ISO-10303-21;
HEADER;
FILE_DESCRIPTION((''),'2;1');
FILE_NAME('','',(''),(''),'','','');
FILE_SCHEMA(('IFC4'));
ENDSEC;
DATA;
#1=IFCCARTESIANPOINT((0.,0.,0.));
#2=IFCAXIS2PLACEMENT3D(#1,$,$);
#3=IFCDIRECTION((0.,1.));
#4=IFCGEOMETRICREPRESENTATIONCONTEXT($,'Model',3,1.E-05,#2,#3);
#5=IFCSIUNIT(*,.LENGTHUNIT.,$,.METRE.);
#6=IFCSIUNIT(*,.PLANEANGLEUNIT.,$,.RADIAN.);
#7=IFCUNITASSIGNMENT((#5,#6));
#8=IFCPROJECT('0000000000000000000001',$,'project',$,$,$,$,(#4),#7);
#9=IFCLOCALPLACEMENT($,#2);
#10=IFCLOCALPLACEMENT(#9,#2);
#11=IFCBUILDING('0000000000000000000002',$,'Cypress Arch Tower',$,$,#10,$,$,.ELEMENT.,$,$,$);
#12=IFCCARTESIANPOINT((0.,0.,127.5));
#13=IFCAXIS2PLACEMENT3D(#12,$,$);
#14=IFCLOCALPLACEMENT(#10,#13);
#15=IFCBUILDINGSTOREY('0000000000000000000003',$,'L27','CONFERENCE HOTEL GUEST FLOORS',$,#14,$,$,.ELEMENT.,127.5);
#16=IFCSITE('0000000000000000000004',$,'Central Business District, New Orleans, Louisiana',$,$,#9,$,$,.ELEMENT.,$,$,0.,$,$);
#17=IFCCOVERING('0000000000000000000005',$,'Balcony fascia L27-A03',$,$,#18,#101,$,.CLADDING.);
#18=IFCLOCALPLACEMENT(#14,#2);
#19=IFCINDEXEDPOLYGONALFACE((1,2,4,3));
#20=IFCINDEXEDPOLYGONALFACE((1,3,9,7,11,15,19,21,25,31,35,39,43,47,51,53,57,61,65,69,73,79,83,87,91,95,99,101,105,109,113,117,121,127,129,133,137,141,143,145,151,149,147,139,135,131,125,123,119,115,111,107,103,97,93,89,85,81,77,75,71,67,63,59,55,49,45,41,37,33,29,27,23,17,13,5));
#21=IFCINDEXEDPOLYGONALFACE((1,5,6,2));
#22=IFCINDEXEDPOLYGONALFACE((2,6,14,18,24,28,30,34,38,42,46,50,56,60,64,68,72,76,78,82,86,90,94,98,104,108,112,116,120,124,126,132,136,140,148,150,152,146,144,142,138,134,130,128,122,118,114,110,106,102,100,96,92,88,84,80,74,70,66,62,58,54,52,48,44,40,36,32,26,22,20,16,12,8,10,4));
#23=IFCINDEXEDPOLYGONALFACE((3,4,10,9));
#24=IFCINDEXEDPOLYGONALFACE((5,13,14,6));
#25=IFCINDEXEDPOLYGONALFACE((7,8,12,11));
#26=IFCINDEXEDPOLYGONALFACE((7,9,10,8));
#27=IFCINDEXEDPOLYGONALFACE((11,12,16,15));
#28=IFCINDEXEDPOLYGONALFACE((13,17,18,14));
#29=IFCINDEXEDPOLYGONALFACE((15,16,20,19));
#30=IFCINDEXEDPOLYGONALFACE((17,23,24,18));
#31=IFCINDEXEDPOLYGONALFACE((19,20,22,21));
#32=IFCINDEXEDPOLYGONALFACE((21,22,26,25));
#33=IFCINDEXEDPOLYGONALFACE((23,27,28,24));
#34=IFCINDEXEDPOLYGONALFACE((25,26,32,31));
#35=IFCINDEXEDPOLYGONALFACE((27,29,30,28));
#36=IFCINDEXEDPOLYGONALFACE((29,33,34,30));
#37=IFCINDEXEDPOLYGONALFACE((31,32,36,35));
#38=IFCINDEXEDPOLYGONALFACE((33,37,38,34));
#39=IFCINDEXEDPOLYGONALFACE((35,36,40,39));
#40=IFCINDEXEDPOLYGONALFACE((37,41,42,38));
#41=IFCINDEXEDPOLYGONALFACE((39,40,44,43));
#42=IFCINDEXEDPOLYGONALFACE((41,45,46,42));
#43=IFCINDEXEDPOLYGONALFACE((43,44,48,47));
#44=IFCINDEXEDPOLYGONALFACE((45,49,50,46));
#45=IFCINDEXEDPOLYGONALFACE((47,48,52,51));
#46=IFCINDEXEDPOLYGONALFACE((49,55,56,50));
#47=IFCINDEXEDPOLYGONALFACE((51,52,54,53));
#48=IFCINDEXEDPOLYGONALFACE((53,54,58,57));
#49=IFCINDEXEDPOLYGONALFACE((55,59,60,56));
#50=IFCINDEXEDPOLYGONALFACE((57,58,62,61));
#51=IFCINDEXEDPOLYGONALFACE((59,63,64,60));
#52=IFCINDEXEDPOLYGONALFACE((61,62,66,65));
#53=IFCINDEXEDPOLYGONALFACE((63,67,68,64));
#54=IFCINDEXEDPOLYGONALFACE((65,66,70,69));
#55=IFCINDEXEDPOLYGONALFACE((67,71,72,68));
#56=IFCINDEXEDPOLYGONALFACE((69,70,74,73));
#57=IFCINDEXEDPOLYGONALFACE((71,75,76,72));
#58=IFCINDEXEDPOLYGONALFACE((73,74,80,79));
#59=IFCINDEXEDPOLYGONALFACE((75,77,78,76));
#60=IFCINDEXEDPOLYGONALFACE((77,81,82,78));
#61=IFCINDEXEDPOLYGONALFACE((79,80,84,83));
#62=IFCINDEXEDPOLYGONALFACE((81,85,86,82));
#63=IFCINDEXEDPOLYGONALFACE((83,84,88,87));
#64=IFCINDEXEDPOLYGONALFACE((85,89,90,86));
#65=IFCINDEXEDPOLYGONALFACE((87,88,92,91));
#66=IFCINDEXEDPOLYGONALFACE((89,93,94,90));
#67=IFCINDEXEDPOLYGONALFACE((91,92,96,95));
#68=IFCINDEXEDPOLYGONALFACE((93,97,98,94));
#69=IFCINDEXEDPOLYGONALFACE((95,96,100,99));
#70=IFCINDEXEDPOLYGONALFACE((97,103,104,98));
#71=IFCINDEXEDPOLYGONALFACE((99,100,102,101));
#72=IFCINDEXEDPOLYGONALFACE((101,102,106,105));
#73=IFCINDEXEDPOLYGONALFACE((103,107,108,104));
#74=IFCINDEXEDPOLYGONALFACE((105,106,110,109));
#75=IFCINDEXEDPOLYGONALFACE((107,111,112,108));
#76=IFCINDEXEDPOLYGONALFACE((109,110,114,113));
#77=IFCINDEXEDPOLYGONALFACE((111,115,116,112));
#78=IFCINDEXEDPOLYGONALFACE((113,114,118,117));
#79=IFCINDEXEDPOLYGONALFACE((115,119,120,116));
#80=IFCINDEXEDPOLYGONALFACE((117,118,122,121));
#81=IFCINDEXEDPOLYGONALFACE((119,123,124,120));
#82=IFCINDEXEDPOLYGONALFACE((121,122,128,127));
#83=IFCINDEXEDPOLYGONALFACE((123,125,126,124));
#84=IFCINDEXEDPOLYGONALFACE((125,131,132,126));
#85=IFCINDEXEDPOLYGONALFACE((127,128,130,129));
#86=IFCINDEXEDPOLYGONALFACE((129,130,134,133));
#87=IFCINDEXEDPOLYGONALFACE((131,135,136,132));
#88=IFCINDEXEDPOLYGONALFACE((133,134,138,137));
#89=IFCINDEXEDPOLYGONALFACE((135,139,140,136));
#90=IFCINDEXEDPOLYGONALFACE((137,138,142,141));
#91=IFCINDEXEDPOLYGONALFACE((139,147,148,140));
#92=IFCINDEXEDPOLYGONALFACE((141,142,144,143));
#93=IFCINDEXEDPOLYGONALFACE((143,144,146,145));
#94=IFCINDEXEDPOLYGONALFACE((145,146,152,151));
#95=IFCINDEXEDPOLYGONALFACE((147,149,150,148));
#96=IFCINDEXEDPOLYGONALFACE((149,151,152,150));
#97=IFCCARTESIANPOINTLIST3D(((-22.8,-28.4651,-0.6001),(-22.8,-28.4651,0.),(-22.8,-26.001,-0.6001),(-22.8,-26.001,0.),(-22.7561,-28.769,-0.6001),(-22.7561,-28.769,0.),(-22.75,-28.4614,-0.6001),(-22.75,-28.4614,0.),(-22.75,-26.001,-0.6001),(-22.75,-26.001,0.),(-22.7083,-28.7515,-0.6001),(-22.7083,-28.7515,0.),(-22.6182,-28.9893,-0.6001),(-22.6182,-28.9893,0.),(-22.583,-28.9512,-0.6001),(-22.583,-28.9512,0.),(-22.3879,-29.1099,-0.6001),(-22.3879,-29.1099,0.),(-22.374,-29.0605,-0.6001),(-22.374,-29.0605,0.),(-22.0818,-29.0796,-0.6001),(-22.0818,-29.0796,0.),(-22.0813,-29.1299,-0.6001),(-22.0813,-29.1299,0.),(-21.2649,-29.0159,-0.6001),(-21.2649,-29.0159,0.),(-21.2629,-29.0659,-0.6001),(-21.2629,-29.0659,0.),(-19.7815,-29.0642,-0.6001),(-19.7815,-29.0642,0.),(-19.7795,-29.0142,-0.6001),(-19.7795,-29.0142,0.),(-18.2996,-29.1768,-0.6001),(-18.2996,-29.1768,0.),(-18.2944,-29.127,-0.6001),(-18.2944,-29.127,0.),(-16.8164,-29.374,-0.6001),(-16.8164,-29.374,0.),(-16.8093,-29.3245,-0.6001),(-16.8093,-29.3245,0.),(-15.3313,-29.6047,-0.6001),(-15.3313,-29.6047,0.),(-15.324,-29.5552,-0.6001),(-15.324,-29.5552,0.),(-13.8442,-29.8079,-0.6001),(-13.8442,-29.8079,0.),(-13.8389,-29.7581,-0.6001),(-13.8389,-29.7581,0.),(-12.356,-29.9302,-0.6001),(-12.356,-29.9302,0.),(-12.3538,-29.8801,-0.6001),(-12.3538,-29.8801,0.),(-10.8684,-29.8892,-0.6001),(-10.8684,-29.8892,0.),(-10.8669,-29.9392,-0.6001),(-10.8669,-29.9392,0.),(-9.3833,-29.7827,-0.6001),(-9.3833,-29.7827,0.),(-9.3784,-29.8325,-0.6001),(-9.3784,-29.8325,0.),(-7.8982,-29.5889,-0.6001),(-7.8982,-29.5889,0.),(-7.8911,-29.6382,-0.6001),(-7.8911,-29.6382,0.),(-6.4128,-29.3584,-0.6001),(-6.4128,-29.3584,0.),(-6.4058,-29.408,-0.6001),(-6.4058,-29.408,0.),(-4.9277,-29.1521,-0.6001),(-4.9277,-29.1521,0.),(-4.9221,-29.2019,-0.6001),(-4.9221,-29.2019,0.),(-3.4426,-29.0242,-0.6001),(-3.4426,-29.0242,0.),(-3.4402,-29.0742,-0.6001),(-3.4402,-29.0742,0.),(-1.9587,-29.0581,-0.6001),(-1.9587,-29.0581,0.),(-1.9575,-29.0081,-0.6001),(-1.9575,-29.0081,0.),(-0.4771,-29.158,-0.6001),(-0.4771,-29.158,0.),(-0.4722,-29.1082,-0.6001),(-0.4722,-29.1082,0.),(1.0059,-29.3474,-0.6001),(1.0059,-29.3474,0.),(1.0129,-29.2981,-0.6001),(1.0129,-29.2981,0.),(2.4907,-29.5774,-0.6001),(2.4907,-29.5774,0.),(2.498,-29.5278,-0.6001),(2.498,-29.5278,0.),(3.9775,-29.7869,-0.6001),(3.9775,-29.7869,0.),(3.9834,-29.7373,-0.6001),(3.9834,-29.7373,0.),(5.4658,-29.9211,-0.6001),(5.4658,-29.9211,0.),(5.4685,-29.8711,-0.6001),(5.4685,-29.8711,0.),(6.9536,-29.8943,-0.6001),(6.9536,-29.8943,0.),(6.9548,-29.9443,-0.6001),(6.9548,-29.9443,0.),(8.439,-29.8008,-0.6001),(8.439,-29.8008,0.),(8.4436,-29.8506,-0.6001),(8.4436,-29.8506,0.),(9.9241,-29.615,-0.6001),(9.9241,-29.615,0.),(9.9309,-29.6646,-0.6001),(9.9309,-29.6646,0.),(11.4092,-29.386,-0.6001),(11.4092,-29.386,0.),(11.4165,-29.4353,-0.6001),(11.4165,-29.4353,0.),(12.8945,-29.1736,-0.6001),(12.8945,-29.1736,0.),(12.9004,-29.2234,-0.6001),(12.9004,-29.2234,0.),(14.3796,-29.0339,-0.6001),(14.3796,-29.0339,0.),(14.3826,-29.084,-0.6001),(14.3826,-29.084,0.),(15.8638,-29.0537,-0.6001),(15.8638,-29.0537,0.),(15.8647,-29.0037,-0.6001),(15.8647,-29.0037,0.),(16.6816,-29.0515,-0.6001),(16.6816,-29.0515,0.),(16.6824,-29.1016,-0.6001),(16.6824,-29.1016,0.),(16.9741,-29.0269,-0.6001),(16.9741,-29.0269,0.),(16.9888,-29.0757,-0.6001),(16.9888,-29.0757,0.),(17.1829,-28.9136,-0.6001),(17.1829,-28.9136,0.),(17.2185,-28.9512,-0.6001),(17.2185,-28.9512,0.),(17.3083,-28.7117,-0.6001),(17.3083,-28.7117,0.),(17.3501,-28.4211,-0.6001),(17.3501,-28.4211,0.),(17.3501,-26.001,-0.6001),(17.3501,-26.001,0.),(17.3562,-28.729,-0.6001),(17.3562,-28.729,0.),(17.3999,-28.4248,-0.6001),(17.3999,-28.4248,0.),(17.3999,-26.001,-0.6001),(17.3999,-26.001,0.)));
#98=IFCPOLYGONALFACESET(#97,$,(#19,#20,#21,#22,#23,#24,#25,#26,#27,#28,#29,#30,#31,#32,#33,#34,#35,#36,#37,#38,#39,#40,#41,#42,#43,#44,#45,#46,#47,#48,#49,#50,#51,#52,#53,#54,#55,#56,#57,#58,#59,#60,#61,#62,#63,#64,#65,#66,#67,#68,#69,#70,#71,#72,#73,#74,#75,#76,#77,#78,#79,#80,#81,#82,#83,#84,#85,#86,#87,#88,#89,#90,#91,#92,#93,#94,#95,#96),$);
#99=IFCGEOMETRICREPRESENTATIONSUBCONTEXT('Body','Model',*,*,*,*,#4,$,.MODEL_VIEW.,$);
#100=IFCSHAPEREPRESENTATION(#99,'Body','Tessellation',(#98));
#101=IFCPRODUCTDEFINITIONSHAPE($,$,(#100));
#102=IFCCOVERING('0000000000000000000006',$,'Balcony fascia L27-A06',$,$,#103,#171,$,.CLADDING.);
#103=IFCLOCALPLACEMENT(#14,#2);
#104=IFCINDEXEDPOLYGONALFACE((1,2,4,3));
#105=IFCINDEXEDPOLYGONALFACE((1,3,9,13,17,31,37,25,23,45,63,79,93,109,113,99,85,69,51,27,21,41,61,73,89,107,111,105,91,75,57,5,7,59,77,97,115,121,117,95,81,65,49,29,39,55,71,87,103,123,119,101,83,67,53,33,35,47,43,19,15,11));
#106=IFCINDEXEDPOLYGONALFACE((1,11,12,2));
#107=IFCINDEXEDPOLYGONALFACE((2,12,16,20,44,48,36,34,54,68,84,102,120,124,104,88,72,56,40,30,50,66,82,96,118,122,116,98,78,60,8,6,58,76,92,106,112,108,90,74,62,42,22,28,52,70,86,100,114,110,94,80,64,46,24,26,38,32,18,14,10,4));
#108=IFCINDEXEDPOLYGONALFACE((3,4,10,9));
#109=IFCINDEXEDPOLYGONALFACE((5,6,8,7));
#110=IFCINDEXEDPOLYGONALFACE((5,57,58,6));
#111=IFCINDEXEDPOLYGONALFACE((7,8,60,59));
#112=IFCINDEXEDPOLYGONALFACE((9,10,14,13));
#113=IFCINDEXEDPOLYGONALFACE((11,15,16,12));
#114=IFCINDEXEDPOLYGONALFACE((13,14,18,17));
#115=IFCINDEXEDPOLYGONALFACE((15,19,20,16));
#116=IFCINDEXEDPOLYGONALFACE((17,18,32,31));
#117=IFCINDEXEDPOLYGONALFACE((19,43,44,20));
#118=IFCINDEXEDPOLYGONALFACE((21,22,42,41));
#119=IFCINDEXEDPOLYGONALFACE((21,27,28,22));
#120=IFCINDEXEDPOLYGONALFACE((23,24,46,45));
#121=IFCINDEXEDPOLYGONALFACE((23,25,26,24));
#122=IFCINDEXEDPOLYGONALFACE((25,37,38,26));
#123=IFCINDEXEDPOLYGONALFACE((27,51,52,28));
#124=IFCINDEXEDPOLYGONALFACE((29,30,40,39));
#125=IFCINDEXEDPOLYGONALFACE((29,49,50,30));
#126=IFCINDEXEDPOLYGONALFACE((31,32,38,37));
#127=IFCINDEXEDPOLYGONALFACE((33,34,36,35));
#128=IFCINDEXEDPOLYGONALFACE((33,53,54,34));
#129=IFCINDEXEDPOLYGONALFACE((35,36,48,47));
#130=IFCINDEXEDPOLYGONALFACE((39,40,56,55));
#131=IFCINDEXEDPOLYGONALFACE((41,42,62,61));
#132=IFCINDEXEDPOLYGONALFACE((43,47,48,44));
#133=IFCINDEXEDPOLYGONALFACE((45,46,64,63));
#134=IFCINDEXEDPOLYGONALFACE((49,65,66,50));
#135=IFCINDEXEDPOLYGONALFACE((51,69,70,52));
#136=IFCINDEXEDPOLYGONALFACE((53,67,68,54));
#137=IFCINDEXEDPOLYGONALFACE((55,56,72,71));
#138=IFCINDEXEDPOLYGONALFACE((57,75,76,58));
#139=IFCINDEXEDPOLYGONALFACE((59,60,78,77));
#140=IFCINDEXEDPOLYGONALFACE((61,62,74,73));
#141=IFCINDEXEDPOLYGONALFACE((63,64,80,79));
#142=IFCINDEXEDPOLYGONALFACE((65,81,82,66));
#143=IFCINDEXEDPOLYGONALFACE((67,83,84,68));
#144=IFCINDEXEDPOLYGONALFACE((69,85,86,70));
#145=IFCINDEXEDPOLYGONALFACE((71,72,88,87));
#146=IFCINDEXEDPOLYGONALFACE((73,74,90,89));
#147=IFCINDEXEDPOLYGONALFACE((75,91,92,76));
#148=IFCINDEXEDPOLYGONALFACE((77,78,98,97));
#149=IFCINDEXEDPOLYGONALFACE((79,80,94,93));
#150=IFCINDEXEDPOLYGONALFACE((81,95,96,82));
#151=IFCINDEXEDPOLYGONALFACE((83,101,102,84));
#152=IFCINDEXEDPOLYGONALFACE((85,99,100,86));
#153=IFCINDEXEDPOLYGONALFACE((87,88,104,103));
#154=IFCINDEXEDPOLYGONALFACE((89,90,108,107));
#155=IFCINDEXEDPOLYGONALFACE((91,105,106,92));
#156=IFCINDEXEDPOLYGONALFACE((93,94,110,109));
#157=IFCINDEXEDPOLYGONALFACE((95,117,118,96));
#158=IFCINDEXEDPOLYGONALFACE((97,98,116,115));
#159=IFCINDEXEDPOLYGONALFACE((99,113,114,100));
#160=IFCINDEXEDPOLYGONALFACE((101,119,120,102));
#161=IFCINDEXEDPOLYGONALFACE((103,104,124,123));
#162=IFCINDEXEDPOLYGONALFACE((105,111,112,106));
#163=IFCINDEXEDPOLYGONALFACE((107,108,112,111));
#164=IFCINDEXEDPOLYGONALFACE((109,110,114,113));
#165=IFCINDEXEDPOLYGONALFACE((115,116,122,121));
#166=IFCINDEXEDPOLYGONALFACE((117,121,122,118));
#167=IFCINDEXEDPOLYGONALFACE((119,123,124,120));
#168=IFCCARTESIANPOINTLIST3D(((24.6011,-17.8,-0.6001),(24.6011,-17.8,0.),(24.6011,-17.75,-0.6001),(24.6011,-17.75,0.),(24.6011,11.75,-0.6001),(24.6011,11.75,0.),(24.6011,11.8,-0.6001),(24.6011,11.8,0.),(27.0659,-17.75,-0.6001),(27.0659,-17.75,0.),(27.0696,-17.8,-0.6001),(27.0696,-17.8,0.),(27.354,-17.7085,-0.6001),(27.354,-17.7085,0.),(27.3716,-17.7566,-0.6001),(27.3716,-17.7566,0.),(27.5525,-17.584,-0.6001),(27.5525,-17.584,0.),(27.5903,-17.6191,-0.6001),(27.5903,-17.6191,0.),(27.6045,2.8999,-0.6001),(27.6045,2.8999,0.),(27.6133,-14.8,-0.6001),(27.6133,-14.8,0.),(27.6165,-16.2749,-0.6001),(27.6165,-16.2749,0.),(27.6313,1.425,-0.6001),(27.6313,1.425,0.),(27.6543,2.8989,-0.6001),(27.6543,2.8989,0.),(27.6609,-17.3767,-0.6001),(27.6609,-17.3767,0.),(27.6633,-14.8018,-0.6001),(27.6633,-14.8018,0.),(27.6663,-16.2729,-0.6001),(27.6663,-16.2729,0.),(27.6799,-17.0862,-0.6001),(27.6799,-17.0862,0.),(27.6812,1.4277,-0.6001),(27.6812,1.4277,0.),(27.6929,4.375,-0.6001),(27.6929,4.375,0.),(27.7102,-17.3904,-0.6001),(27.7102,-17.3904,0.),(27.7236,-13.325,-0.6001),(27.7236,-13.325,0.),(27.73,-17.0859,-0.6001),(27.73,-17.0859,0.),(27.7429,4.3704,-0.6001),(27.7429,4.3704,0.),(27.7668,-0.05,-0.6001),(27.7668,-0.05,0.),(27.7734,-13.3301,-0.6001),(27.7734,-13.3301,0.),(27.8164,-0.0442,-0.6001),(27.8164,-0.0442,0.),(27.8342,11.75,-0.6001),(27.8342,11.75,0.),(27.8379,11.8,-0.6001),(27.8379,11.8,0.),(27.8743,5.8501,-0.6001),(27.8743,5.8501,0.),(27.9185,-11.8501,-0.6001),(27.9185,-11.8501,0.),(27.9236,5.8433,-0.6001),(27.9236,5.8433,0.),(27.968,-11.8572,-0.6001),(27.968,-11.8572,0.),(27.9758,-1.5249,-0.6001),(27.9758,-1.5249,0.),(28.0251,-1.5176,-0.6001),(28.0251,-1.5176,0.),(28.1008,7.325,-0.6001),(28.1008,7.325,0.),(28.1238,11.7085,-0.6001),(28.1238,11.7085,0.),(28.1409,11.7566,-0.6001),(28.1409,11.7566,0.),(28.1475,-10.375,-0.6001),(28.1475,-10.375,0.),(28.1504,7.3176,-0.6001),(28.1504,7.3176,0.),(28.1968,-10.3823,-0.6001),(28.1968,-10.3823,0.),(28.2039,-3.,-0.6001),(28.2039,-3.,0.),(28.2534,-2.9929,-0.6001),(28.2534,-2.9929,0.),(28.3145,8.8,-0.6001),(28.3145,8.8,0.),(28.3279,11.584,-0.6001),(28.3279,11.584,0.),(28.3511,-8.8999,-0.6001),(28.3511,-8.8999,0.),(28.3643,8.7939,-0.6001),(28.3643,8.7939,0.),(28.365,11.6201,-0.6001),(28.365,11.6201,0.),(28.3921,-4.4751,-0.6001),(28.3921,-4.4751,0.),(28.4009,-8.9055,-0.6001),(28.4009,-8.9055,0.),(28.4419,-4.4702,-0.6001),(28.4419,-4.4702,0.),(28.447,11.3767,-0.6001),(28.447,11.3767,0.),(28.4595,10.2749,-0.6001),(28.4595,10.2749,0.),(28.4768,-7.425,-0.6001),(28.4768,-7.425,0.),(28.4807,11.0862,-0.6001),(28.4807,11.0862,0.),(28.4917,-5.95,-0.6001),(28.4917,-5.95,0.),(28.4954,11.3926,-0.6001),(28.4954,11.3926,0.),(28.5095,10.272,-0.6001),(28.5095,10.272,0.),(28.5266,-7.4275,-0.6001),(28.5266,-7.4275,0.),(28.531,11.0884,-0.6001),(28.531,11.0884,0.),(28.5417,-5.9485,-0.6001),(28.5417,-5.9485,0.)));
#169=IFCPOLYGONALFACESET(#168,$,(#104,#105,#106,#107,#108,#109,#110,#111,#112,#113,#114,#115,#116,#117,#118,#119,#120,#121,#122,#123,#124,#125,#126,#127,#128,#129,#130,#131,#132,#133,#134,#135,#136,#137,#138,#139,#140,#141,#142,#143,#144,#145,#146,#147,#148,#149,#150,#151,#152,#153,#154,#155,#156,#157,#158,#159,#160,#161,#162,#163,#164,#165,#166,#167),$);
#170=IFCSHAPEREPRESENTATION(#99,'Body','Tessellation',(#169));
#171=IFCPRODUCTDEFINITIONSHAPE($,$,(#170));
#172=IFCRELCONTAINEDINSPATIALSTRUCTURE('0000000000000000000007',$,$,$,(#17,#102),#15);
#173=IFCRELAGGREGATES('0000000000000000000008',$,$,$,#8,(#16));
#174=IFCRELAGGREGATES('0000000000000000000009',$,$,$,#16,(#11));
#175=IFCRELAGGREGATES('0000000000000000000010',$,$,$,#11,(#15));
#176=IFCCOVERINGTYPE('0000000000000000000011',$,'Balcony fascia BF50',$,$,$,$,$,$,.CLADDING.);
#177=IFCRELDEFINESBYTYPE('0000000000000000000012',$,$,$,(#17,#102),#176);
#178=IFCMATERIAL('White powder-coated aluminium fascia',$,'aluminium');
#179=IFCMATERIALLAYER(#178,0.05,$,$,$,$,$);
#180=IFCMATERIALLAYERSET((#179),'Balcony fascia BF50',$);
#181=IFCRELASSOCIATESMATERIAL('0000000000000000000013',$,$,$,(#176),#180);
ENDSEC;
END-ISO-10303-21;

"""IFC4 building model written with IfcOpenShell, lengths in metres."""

from ifc_helpers import new_model, si_unit, direction, frame, origin, place, context, subcontext, project, spatial, polyline, outline, extrude, material, layer, layer_set, type_object, element, save


model = new_model("IFC4")

# Units and contexts
model_context = context("Model", 3, precision=1e-05, world=origin(), true_north=direction((0.0, 1.0)))
body_context = subcontext(model_context, "Body", "Model", "MODEL_VIEW")
ifc_project = project(units=[si_unit("LENGTHUNIT", "METRE"), si_unit("PLANEANGLEUNIT", "RADIAN")], contexts=[model_context])

# Site, building, storey
site_placement = place(None, origin())
site = spatial("IfcSite", under=ifc_project, at=site_placement, Name="Central Business District, New Orleans, Louisiana", CompositionType="ELEMENT", RefElevation=0.0)
building_placement = place(site_placement, origin())
building = spatial("IfcBuilding", under=site, at=building_placement, Name="Cypress Arch Tower", CompositionType="ELEMENT")
storey_placement = place(building_placement, frame((0.0, 0.0, 127.5)))
storey = spatial("IfcBuildingStorey", under=building, at=storey_placement, Name="L27", Description="CONFERENCE HOTEL GUEST FLOORS", CompositionType="ELEMENT", Elevation=127.5)

# Coverings
ifc_material_1 = material(Name="White powder-coated aluminium fascia", Category="aluminium")
ifc_layer_1 = layer(ifc_material_1, 0.05)
ifc_layer_set_1 = layer_set([ifc_layer_1], Name="Balcony fascia BF50")
covering_type_1 = type_object("IfcCoveringType", Name="Balcony fascia BF50", PredefinedType="CLADDING", material=ifc_layer_set_1)
covering_1_placement = place(storey_placement, frame((0.0, 0.0, -0.6001)))
element("IfcCovering", 1, at=covering_1_placement, inside=storey, type_object=covering_type_1, Name="Balcony fascia L27-A03", PredefinedType="CLADDING", context=body_context, shape_type="SweptSolid", body=[
    extrude(outline(polyline([(17.3999, -28.4248), (17.3562, -28.729), (17.2185, -28.9512), (16.9888, -29.0757), (16.6824, -29.1016), (15.8638, -29.0537), (14.3826, -29.084), (12.9004, -29.2234), (11.4165, -29.4353), (9.9309, -29.6646), (8.4436, -29.8506), (6.9548, -29.9443), (5.4658, -29.9211), (3.9775, -29.7869), (2.4907, -29.5774), (1.0059, -29.3474), (-0.4771, -29.158), (-1.9587, -29.0581), (-3.4402, -29.0742), (-4.9221, -29.2019), (-6.4058, -29.408), (-7.8911, -29.6382), (-9.3784, -29.8325), (-10.8669, -29.9392), (-12.356, -29.9302), (-13.8442, -29.8079), (-15.3313, -29.6047), (-16.8164, -29.374), (-18.2996, -29.1768), (-19.7815, -29.0642), (-21.2629, -29.0659), (-22.0813, -29.1299), (-22.3879, -29.1099), (-22.6182, -28.9893), (-22.7561, -28.769), (-22.8, -28.4651), (-22.8, -26.001), (-22.75, -26.001), (-22.75, -28.4614), (-22.7083, -28.7515), (-22.583, -28.9512), (-22.374, -29.0605), (-22.0818, -29.0796), (-21.2649, -29.0159), (-19.7795, -29.0142), (-18.2944, -29.127), (-16.8093, -29.3245), (-15.324, -29.5552), (-13.8389, -29.7581), (-12.3538, -29.8801), (-10.8684, -29.8892), (-9.3833, -29.7827), (-7.8982, -29.5889), (-6.4128, -29.3584), (-4.9277, -29.1521), (-3.4426, -29.0242), (-1.9575, -29.0081), (-0.4722, -29.1082), (1.0129, -29.2981), (2.498, -29.5278), (3.9834, -29.7373), (5.4685, -29.8711), (6.9536, -29.8943), (8.439, -29.8008), (9.9241, -29.615), (11.4092, -29.386), (12.8945, -29.1736), (14.3796, -29.0339), (15.8647, -29.0037), (16.6816, -29.0515), (16.9741, -29.0269), (17.1829, -28.9136), (17.3083, -28.7117), (17.3501, -28.4211), (17.3501, -26.001), (17.3999, -26.001), (17.3999, -28.4248)])), origin(), (0.0, 0.0, 1.0), 0.6001),
])
covering_2_placement = place(storey_placement, frame((0.0, 0.0, -0.6001)))
element("IfcCovering", 2, at=covering_2_placement, inside=storey, type_object=covering_type_1, Name="Balcony fascia L27-A06", PredefinedType="CLADDING", context=body_context, shape_type="SweptSolid", body=[
    extrude(outline(polyline([(27.8379, 11.8), (28.1409, 11.7566), (28.365, 11.6201), (28.4954, 11.3926), (28.531, 11.0884), (28.5095, 10.272), (28.3643, 8.7939), (28.1504, 7.3176), (27.9236, 5.8433), (27.7429, 4.3704), (27.6543, 2.8989), (27.6812, 1.4277), (27.8164, -0.0442), (28.0251, -1.5176), (28.2534, -2.9929), (28.4419, -4.4702), (28.5417, -5.9485), (28.5266, -7.4275), (28.4009, -8.9055), (28.1968, -10.3823), (27.968, -11.8572), (27.7734, -13.3301), (27.6633, -14.8018), (27.6663, -16.2729), (27.73, -17.0859), (27.7102, -17.3904), (27.5903, -17.6191), (27.3716, -17.7566), (27.0696, -17.8), (24.6011, -17.8), (24.6011, -17.75), (27.0659, -17.75), (27.354, -17.7085), (27.5525, -17.584), (27.6609, -17.3767), (27.6799, -17.0862), (27.6165, -16.2749), (27.6133, -14.8), (27.7236, -13.325), (27.9185, -11.8501), (28.1475, -10.375), (28.3511, -8.8999), (28.4768, -7.425), (28.4917, -5.95), (28.3921, -4.4751), (28.2039, -3.0), (27.9758, -1.5249), (27.7668, -0.05), (27.6313, 1.425), (27.6045, 2.8999), (27.6929, 4.375), (27.8743, 5.8501), (28.1008, 7.325), (28.3145, 8.8), (28.4595, 10.2749), (28.4807, 11.0862), (28.447, 11.3767), (28.3279, 11.584), (28.1238, 11.7085), (27.8342, 11.75), (24.6011, 11.75), (24.6011, 11.8), (27.8379, 11.8)])), origin(), (0.0, 0.0, 1.0), 0.6001),
])

save(model, "model.ifc")
